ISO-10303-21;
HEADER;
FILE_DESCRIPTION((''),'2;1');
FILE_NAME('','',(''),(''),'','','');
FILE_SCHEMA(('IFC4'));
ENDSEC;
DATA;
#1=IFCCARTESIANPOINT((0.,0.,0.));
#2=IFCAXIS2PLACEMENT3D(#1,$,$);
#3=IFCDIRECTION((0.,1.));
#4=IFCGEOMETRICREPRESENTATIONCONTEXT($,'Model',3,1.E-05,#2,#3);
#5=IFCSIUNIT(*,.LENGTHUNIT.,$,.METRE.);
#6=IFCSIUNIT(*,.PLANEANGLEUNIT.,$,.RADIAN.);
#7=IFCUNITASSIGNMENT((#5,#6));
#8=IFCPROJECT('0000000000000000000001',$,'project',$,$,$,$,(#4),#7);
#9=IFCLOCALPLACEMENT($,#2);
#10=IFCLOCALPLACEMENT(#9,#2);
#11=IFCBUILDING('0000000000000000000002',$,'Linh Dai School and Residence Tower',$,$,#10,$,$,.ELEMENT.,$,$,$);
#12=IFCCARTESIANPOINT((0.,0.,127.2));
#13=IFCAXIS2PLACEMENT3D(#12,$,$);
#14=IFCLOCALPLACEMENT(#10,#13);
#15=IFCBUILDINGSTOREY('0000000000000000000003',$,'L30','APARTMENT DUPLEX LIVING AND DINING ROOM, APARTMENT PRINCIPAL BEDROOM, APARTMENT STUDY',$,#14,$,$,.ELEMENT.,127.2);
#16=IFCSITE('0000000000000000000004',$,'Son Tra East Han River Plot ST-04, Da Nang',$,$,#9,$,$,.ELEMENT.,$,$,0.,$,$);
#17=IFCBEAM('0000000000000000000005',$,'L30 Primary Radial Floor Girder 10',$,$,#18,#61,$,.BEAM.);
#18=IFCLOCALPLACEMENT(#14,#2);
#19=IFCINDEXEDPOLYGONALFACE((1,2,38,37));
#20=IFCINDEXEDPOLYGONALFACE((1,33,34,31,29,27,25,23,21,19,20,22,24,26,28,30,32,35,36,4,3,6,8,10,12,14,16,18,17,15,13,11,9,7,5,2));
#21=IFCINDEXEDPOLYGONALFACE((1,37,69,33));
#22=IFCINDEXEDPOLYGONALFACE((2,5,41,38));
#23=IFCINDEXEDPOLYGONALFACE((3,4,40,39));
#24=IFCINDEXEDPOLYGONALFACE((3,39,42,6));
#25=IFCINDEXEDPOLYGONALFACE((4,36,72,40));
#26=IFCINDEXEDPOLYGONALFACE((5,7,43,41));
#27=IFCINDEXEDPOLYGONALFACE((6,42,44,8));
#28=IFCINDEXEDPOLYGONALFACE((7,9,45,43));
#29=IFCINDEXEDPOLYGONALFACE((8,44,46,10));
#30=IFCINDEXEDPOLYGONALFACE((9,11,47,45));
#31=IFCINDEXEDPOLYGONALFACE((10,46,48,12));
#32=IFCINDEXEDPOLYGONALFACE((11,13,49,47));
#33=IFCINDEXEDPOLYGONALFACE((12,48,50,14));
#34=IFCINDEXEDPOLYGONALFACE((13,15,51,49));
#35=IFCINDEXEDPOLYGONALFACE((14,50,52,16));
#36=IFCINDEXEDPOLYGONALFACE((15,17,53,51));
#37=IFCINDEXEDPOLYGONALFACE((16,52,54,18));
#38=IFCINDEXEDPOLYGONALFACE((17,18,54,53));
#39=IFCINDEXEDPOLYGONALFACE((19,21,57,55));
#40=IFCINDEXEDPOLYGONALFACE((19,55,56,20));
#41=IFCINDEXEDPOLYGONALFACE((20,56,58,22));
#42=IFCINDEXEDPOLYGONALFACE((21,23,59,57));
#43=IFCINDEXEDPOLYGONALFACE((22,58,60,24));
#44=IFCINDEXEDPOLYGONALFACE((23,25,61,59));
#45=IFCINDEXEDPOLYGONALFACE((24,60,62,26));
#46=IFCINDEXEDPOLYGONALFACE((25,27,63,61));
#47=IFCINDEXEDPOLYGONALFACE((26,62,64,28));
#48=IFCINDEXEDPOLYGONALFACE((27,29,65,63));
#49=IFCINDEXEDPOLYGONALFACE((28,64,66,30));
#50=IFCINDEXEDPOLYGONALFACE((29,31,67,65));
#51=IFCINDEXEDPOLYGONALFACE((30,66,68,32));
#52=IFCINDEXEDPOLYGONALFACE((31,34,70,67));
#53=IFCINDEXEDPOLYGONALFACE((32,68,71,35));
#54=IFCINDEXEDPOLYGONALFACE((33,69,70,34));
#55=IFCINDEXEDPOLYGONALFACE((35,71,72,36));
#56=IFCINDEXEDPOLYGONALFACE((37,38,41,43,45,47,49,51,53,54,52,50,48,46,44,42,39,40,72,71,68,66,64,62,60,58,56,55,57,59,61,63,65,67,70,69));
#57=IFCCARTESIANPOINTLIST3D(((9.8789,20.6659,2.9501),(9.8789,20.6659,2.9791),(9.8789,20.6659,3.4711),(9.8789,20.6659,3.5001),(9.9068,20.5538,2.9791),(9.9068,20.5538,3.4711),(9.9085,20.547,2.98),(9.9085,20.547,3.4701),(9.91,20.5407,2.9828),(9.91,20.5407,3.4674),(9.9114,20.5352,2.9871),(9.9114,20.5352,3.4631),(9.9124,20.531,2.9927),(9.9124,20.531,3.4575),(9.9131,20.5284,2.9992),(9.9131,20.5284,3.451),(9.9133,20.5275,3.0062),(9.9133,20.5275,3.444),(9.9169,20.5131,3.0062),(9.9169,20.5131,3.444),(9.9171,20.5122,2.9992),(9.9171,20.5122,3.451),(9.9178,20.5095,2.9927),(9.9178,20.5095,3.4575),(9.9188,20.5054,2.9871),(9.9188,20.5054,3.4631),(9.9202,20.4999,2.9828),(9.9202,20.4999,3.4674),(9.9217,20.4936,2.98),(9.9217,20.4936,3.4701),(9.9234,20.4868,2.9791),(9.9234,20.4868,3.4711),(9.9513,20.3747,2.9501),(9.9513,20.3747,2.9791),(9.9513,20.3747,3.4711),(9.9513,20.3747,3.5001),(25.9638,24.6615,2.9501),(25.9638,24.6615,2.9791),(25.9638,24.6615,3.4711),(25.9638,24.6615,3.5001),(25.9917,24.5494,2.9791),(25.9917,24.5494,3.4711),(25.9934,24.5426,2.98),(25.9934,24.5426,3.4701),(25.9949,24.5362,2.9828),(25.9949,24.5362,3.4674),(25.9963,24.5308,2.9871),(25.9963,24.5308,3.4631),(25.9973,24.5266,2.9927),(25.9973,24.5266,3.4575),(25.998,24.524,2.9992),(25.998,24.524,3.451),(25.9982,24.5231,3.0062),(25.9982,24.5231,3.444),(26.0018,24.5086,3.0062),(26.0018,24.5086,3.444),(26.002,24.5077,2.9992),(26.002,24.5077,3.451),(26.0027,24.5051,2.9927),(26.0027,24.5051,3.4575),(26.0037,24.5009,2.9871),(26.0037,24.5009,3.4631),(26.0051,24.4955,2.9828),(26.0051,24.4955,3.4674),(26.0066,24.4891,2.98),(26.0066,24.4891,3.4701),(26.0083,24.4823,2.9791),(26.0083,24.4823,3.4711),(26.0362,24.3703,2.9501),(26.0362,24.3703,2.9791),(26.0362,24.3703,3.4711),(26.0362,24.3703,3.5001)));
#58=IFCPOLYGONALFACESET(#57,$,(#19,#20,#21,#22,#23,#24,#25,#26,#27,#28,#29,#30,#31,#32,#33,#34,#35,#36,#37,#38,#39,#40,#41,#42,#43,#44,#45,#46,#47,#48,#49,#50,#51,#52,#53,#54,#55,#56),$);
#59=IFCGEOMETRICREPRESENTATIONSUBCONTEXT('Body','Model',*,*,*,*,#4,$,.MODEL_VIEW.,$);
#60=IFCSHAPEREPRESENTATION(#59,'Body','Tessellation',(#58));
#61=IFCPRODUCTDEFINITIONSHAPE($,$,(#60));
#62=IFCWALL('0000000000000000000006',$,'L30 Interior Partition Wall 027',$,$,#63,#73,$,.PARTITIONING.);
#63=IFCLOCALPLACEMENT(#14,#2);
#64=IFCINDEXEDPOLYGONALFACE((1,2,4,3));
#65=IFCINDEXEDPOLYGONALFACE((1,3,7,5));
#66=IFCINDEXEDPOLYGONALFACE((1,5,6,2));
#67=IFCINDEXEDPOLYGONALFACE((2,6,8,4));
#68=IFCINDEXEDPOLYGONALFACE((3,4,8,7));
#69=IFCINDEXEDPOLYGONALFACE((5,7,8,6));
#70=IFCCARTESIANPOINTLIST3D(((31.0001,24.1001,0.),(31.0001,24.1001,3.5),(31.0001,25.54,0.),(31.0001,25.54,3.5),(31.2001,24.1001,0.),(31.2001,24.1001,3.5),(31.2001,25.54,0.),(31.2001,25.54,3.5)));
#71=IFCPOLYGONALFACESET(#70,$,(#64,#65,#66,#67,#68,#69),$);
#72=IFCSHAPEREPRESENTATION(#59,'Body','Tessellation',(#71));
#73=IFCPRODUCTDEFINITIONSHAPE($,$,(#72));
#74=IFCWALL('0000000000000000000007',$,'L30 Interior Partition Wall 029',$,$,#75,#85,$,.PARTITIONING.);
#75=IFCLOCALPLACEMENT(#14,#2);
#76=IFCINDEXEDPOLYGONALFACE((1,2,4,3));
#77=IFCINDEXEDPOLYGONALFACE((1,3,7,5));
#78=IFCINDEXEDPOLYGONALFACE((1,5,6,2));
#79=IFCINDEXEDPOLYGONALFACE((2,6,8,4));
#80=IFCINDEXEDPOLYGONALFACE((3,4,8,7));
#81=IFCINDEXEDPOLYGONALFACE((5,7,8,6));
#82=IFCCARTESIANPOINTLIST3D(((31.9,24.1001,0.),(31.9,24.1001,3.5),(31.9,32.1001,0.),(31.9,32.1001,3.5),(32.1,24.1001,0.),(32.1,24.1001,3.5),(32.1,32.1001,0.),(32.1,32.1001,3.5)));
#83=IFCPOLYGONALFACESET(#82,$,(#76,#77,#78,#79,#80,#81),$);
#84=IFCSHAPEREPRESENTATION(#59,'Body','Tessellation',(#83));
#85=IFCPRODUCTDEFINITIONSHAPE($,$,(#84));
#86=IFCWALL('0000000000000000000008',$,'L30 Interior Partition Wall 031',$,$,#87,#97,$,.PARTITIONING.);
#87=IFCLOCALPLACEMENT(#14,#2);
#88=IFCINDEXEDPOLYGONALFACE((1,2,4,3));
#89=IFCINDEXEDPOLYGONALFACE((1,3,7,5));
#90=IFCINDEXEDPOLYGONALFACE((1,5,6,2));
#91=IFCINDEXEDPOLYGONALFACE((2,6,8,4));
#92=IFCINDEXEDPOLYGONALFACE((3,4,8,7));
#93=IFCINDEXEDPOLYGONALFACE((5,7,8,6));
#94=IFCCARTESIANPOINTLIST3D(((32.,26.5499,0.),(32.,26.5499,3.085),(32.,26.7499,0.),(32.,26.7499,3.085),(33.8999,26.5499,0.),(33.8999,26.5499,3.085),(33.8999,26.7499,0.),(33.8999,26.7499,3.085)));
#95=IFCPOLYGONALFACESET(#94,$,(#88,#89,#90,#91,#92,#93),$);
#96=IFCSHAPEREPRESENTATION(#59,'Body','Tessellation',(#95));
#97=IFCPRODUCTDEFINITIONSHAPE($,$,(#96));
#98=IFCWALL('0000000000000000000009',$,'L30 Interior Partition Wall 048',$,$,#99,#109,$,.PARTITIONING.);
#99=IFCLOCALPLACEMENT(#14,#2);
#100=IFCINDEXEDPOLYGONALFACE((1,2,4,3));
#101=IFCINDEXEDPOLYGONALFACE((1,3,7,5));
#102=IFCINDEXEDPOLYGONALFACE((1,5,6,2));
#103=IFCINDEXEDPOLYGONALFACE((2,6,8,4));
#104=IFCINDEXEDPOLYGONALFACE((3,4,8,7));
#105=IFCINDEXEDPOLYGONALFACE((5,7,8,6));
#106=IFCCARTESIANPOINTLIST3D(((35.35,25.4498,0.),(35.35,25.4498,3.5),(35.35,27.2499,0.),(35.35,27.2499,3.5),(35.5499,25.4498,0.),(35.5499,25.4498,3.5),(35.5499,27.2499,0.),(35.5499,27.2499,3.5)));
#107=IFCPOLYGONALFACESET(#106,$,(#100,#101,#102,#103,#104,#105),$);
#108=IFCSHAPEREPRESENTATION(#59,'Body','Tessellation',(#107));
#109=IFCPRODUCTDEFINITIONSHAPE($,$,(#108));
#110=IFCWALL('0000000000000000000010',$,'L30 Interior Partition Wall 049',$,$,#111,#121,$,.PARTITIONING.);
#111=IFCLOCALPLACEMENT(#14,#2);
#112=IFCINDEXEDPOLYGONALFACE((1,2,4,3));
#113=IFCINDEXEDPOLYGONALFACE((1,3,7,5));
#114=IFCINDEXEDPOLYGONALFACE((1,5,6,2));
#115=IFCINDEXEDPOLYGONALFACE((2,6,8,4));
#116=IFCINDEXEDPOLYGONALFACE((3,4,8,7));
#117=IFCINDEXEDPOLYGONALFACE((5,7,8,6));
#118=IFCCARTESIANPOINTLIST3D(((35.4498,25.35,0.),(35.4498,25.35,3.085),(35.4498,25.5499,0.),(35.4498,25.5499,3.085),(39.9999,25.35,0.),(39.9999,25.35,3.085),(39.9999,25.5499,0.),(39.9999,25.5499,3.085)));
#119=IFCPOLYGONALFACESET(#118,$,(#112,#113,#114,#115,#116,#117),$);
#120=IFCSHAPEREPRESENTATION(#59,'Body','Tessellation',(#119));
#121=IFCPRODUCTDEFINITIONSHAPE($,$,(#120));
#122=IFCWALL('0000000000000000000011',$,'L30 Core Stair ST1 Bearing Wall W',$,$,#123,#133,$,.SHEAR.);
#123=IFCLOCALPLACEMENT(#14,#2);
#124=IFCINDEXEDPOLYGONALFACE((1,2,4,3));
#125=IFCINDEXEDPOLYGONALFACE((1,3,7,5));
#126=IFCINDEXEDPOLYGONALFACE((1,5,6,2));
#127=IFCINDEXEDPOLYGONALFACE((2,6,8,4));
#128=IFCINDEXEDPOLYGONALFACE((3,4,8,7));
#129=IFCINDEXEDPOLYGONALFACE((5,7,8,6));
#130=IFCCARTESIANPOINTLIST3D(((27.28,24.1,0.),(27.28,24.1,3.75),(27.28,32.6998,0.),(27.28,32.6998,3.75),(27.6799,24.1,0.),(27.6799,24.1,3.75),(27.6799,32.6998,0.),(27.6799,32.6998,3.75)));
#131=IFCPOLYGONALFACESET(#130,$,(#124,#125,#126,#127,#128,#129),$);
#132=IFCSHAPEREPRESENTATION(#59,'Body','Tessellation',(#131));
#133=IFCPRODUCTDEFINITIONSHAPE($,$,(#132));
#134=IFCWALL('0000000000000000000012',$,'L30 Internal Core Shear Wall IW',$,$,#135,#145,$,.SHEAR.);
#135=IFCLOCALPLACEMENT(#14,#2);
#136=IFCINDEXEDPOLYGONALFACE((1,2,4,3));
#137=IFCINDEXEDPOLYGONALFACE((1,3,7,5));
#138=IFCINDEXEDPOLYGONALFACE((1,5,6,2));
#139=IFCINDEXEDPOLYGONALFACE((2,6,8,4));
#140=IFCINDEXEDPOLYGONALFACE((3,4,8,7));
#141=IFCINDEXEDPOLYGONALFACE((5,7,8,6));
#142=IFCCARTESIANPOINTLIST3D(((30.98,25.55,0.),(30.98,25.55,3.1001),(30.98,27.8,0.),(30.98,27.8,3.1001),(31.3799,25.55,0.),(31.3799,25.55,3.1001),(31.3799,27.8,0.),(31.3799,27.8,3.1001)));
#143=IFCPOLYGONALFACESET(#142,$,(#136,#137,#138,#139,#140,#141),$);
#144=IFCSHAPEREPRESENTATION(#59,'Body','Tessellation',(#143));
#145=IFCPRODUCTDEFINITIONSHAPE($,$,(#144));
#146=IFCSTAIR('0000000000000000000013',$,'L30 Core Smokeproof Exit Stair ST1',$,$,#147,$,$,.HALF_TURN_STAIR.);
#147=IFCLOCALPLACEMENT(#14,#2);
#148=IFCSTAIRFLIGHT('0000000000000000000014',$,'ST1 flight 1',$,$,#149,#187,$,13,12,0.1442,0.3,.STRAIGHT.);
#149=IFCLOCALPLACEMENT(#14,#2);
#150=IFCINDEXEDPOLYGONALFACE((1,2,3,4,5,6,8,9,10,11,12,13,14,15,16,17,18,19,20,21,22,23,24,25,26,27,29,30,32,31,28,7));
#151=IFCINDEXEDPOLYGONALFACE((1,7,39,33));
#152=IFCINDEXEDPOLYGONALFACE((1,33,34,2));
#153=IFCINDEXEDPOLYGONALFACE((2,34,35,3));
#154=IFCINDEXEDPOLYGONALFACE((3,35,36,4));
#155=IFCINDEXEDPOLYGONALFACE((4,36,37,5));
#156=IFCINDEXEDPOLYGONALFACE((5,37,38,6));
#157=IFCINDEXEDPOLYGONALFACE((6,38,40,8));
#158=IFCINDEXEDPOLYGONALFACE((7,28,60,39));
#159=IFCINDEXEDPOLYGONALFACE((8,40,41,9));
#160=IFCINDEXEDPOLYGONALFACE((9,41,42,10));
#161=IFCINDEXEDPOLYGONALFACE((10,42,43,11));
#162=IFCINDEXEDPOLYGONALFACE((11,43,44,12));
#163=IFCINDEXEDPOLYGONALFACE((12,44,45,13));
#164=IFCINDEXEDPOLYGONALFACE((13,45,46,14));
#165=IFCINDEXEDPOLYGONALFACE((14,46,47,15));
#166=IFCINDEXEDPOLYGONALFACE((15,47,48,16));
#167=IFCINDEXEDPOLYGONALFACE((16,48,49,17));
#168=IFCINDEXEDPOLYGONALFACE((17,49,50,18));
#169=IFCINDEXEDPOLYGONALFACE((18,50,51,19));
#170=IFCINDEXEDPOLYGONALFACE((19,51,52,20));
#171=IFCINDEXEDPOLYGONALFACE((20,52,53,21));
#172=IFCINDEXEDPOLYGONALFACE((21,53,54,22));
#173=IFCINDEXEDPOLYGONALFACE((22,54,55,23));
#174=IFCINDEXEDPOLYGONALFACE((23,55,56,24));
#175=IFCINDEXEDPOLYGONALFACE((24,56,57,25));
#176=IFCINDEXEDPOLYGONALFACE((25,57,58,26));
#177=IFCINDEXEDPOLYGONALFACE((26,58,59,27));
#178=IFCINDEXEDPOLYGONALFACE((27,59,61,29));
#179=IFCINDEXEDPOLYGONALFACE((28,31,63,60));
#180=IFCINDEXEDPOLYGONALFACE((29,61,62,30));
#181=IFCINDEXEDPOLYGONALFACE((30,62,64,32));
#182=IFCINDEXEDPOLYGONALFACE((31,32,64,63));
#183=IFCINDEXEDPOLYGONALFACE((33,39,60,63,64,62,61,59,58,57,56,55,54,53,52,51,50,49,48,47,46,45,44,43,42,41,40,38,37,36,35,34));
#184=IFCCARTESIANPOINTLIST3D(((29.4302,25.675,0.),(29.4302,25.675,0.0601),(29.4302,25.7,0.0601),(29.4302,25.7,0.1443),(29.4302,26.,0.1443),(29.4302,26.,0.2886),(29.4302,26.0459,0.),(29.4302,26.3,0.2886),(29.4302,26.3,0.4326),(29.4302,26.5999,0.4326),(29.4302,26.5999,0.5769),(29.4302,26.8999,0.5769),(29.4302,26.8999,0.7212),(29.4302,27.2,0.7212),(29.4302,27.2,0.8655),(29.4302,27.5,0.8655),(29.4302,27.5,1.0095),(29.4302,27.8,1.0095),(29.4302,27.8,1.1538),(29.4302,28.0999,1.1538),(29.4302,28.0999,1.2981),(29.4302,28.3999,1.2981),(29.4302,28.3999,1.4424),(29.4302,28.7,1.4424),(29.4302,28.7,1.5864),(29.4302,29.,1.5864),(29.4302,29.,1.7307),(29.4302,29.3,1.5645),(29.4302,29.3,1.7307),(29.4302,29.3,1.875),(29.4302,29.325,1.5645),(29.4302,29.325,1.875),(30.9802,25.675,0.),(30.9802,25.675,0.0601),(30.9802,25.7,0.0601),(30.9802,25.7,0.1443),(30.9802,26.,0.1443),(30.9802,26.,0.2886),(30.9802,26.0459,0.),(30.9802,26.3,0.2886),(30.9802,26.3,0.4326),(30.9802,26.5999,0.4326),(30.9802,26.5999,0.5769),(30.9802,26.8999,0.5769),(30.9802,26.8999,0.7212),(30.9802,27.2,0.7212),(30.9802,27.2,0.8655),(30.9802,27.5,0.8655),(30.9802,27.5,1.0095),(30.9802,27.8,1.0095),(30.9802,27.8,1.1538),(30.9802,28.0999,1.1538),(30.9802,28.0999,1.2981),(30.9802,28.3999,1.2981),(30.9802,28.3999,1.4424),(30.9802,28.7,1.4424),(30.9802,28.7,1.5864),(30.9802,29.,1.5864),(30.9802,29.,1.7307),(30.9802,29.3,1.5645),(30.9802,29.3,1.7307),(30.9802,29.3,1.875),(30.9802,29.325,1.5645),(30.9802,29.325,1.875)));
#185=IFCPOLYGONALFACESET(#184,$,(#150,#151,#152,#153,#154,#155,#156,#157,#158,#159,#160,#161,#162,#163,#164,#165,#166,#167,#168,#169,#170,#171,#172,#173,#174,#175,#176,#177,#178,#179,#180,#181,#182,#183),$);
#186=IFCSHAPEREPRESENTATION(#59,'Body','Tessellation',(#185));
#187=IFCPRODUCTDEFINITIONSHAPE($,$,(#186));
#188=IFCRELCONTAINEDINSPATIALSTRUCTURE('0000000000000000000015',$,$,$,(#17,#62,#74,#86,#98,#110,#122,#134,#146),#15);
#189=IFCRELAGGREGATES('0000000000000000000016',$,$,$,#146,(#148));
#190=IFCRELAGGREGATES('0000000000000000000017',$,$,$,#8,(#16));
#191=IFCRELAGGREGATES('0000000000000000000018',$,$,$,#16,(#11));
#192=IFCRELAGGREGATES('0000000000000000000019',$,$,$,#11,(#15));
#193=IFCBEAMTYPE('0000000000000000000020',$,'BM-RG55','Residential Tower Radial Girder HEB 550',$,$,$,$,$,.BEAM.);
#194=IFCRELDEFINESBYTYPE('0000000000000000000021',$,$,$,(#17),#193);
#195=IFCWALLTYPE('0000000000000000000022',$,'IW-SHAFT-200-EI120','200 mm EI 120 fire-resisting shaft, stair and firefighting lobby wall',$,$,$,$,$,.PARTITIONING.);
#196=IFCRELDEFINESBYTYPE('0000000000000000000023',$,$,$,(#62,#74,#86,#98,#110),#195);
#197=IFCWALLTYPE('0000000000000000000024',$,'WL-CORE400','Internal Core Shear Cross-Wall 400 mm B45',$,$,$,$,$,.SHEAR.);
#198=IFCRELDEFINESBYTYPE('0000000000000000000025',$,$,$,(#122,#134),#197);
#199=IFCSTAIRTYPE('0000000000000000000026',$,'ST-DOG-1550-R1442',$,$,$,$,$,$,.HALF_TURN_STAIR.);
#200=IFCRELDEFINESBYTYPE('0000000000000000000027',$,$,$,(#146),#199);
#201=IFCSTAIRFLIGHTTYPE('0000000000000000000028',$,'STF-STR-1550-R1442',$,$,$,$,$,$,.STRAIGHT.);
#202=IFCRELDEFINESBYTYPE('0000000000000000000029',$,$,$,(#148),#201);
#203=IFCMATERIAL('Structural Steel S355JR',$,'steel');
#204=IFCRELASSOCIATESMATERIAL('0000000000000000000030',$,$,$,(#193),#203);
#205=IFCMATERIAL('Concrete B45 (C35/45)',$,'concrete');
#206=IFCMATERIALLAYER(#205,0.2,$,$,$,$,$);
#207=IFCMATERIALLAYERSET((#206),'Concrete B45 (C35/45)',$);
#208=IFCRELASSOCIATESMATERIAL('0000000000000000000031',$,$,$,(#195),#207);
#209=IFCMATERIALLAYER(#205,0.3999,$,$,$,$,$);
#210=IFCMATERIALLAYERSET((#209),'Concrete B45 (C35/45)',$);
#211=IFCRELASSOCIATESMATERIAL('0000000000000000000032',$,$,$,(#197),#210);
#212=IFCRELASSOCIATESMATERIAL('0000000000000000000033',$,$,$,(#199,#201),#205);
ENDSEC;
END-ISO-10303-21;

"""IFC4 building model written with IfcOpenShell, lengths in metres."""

from ifc_helpers import new_model, si_unit, direction, frame, frame_2d, origin, origin_2d, place, context, subcontext, project, spatial, polyline, rectangle, i_section, outline, extrude, source, transform, mapped, material, layer, layer_set, material_profile, profile_set, type_object, element, aggregate, save


model = new_model("IFC4")

# Units and contexts
model_context = context("Model", 3, precision=1e-05, world=origin(), true_north=direction((0.0, 1.0)))
body_context = subcontext(model_context, "Body", "Model", "MODEL_VIEW")
ifc_project = project(units=[si_unit("LENGTHUNIT", "METRE"), si_unit("PLANEANGLEUNIT", "RADIAN")], contexts=[model_context])

# Site, building, storey
site_placement = place(None, origin())
site = spatial("IfcSite", under=ifc_project, at=site_placement, Name="Son Tra East Han River Plot ST-04, Da Nang", CompositionType="ELEMENT", RefElevation=0.0)
building_placement = place(site_placement, origin())
building = spatial("IfcBuilding", under=site, at=building_placement, Name="Linh Dai School and Residence Tower", CompositionType="ELEMENT")
storey_placement = place(building_placement, frame((0.0, 0.0, 127.2)))
storey = spatial("IfcBuildingStorey", under=building, at=storey_placement, Name="L30", Description="APARTMENT DUPLEX LIVING AND DINING ROOM, APARTMENT PRINCIPAL BEDROOM, APARTMENT STUDY", CompositionType="ELEMENT", Elevation=127.2)

# Shared definitions
ifc_material_1 = material(Name="Structural Steel S355JR", Category="steel")

# Beam
ifc_material_profile_1 = material_profile(ifc_material_1, i_section(OverallWidth=0.3, OverallDepth=0.55, WebThickness=0.0149, FlangeThickness=0.0291, FilletRadius=0.0271, at=origin_2d()), Name="HEB 550")
ifc_profile_set_1 = profile_set([ifc_material_profile_1], Name="Structural Steel S355JR")
beam_type = type_object("IfcBeamType", Name="BM-RG55", Description="Residential Tower Radial Girder HEB 550", PredefinedType="BEAM", material=ifc_profile_set_1)
beam_placement = place(storey_placement, frame((26.0, 24.5159, 3.2251), z_axis=(-0.970505, -0.24108, 0.0), x_axis=(0.24108, -0.970505, 0.0)))
element("IfcBeam", 1, at=beam_placement, inside=storey, type_object=beam_type, Name="L30 Primary Radial Floor Girder 10", PredefinedType="BEAM", context=body_context, shape_type="SweptSolid", body=[
    extrude(i_section(OverallWidth=0.3, OverallDepth=0.55, WebThickness=0.0149, FlangeThickness=0.0291, FilletRadius=0.0271, at=origin_2d()), origin(), (0.0, 0.0, 1.0), 16.5737),
])

# Shared definitions
ifc_material_2 = material(Name="Concrete B45 (C35/45)", Category="concrete")
ifc_layer_1 = layer(ifc_material_2, 0.2)
ifc_layer_set_1 = layer_set([ifc_layer_1], Name="Concrete B45 (C35/45)")
wall_type_1 = type_object("IfcWallType", Name="IW-SHAFT-200-EI120", Description="200 mm EI 120 fire-resisting shaft, stair and firefighting lobby wall", PredefinedType="PARTITIONING", material=ifc_layer_set_1)

# Walls
wall_1_placement = place(storey_placement, frame((31.1001, 24.1001, 0.0), z_axis=(0.0, 0.0, 1.0), x_axis=(0.0, 1.0, 0.0)))
element("IfcWall", 2, at=wall_1_placement, inside=storey, type_object=wall_type_1, Name="L30 Interior Partition Wall 027", PredefinedType="PARTITIONING", context=body_context, shape_type="SweptSolid", body=[
    extrude(rectangle(XDim=1.4399, YDim=0.2, at=frame_2d((0.72, 0.0))), origin(), (0.0, 0.0, 1.0), 3.5),
])
wall_2_placement = place(storey_placement, frame((32.0, 24.1001, 0.0), z_axis=(0.0, 0.0, 1.0), x_axis=(0.0, 1.0, 0.0)))
element("IfcWall", 3, at=wall_2_placement, inside=storey, type_object=wall_type_1, Name="L30 Interior Partition Wall 029", PredefinedType="PARTITIONING", context=body_context, shape_type="SweptSolid", body=[
    extrude(rectangle(XDim=8.0, YDim=0.2, at=frame_2d((4.0, 0.0))), origin(), (0.0, 0.0, 1.0), 3.5),
])

# Walls
wall_3_placement = place(storey_placement, frame((32.0, 26.6499, 0.0), z_axis=(0.0, 0.0, 1.0), x_axis=(1.0, 0.0, 0.0)))
element("IfcWall", 4, at=wall_3_placement, inside=storey, type_object=wall_type_1, Name="L30 Interior Partition Wall 031", PredefinedType="PARTITIONING", context=body_context, shape_type="SweptSolid", body=[
    extrude(rectangle(XDim=1.8999, YDim=0.2, at=frame_2d((0.95, 0.0))), origin(), (0.0, 0.0, 1.0), 3.085),
])
wall_4_placement = place(storey_placement, frame((35.45, 25.45, 0.0), z_axis=(0.0, 0.0, 1.0), x_axis=(0.0, 1.0, 0.0)))
element("IfcWall", 5, at=wall_4_placement, inside=storey, type_object=wall_type_1, Name="L30 Interior Partition Wall 048", PredefinedType="PARTITIONING", context=body_context, shape_type="SweptSolid", body=[
    extrude(rectangle(XDim=1.8, YDim=0.2, at=frame_2d((0.8999, 0.0))), origin(), (0.0, 0.0, 1.0), 3.5),
])
wall_5_placement = place(storey_placement, frame((35.45, 25.45, 0.0), z_axis=(0.0, 0.0, 1.0), x_axis=(1.0, 0.0, 0.0)))
element("IfcWall", 6, at=wall_5_placement, inside=storey, type_object=wall_type_1, Name="L30 Interior Partition Wall 049", PredefinedType="PARTITIONING", context=body_context, shape_type="SweptSolid", body=[
    extrude(rectangle(XDim=4.55, YDim=0.2, at=frame_2d((2.2749, 0.0))), origin(), (0.0, 0.0, 1.0), 3.085),
])
ifc_layer_2 = layer(ifc_material_2, 0.3999)
ifc_layer_set_2 = layer_set([ifc_layer_2], Name="Concrete B45 (C35/45)")
wall_type_2 = type_object("IfcWallType", Name="WL-CORE400", Description="Internal Core Shear Cross-Wall 400 mm B45", PredefinedType="SHEAR", material=ifc_layer_set_2)
wall_6_placement = place(storey_placement, frame((27.48, 24.1001, 0.0), z_axis=(0.0, 0.0, 1.0), x_axis=(0.0, 1.0, 0.0)))
element("IfcWall", 7, at=wall_6_placement, inside=storey, type_object=wall_type_2, Name="L30 Core Stair ST1 Bearing Wall W", PredefinedType="SHEAR", context=body_context, shape_type="SweptSolid", body=[
    extrude(rectangle(XDim=8.5999, YDim=0.3999, at=frame_2d((4.2998, 0.0))), origin(), (0.0, 0.0, 1.0), 3.75),
])
wall_7_placement = place(storey_placement, frame((31.1799, 25.55, 0.0), z_axis=(0.0, 0.0, 1.0), x_axis=(0.0, 1.0, 0.0)))
element("IfcWall", 8, at=wall_7_placement, inside=storey, type_object=wall_type_2, Name="L30 Internal Core Shear Wall IW", PredefinedType="SHEAR", context=body_context, shape_type="SweptSolid", body=[
    extrude(rectangle(XDim=2.25, YDim=0.3999, at=frame_2d((1.125, 0.0))), origin(), (0.0, 0.0, 1.0), 3.1001),
])

# Stair, stair flight
stair_type = type_object("IfcStairType", Name="ST-DOG-1550-R1442", PredefinedType="HALF_TURN_STAIR", material=ifc_material_2)
stair_placement = place(storey_placement, origin())
stair = element("IfcStair", 9, at=stair_placement, inside=storey, type_object=stair_type, Name="L30 Core Smokeproof Exit Stair ST1", PredefinedType="HALF_TURN_STAIR")
stair_flight_type = type_object("IfcStairFlightType", Name="STF-STR-1550-R1442", PredefinedType="STRAIGHT", material=ifc_material_2)
shared_shape_1 = source(origin(), body_context, "Body", "SweptSolid", [
    extrude(outline(polyline([(-0.0249, 0.0), (-0.0249, 0.0601), (0.0, 0.0601), (0.0, 0.1443), (0.3, 0.1443), (0.3, 0.2886), (0.6001, 0.2886), (0.6001, 0.4326), (0.8999, 0.4326), (0.8999, 0.5769), (1.2, 0.5769), (1.2, 0.7212), (1.5, 0.7212), (1.5, 0.8655), (1.8, 0.8655), (1.8, 1.0095), (2.1001, 1.0095), (2.1001, 1.1538), (2.3999, 1.1538), (2.3999, 1.2981), (2.7, 1.2981), (2.7, 1.4424), (3.0, 1.4424), (3.0, 1.5864), (3.3, 1.5864), (3.3, 1.7307), (3.6001, 1.7307), (3.6001, 1.875), (3.625, 1.875), (3.625, 1.5645), (3.6001, 1.5645), (0.3459, 0.0), (-0.0249, 0.0)])), frame((0.0, 0.7749, 0.0), z_axis=(0.0, -1.0, 0.0), x_axis=(1.0, 0.0, 0.0)), (0.0, 0.0, 1.0), 1.55),
])
stair_flight_placement = place(storey_placement, frame((30.2051, 25.7, 0.0), z_axis=(0.0, 0.0, 1.0), x_axis=(0.0, 1.0, 0.0)))
stair_flight = element("IfcStairFlight", 10, at=stair_flight_placement, type_object=stair_flight_type, Name="ST1 flight 1", NumberOfRisers=13, NumberOfTreads=12, PredefinedType="STRAIGHT", RiserHeight=0.1442, TreadLength=0.3, context=body_context, shape_type="MappedRepresentation", body=[
    mapped(shared_shape_1, transform((0.0, 0.0, 0.0), x_axis=(1.0, 0.0, 0.0), y_axis=(0.0, 1.0, 0.0), z_axis=(0.0, 0.0, 1.0), scale=1.0)),
])
aggregate(stair, [stair_flight])

save(model, "model.ifc")
